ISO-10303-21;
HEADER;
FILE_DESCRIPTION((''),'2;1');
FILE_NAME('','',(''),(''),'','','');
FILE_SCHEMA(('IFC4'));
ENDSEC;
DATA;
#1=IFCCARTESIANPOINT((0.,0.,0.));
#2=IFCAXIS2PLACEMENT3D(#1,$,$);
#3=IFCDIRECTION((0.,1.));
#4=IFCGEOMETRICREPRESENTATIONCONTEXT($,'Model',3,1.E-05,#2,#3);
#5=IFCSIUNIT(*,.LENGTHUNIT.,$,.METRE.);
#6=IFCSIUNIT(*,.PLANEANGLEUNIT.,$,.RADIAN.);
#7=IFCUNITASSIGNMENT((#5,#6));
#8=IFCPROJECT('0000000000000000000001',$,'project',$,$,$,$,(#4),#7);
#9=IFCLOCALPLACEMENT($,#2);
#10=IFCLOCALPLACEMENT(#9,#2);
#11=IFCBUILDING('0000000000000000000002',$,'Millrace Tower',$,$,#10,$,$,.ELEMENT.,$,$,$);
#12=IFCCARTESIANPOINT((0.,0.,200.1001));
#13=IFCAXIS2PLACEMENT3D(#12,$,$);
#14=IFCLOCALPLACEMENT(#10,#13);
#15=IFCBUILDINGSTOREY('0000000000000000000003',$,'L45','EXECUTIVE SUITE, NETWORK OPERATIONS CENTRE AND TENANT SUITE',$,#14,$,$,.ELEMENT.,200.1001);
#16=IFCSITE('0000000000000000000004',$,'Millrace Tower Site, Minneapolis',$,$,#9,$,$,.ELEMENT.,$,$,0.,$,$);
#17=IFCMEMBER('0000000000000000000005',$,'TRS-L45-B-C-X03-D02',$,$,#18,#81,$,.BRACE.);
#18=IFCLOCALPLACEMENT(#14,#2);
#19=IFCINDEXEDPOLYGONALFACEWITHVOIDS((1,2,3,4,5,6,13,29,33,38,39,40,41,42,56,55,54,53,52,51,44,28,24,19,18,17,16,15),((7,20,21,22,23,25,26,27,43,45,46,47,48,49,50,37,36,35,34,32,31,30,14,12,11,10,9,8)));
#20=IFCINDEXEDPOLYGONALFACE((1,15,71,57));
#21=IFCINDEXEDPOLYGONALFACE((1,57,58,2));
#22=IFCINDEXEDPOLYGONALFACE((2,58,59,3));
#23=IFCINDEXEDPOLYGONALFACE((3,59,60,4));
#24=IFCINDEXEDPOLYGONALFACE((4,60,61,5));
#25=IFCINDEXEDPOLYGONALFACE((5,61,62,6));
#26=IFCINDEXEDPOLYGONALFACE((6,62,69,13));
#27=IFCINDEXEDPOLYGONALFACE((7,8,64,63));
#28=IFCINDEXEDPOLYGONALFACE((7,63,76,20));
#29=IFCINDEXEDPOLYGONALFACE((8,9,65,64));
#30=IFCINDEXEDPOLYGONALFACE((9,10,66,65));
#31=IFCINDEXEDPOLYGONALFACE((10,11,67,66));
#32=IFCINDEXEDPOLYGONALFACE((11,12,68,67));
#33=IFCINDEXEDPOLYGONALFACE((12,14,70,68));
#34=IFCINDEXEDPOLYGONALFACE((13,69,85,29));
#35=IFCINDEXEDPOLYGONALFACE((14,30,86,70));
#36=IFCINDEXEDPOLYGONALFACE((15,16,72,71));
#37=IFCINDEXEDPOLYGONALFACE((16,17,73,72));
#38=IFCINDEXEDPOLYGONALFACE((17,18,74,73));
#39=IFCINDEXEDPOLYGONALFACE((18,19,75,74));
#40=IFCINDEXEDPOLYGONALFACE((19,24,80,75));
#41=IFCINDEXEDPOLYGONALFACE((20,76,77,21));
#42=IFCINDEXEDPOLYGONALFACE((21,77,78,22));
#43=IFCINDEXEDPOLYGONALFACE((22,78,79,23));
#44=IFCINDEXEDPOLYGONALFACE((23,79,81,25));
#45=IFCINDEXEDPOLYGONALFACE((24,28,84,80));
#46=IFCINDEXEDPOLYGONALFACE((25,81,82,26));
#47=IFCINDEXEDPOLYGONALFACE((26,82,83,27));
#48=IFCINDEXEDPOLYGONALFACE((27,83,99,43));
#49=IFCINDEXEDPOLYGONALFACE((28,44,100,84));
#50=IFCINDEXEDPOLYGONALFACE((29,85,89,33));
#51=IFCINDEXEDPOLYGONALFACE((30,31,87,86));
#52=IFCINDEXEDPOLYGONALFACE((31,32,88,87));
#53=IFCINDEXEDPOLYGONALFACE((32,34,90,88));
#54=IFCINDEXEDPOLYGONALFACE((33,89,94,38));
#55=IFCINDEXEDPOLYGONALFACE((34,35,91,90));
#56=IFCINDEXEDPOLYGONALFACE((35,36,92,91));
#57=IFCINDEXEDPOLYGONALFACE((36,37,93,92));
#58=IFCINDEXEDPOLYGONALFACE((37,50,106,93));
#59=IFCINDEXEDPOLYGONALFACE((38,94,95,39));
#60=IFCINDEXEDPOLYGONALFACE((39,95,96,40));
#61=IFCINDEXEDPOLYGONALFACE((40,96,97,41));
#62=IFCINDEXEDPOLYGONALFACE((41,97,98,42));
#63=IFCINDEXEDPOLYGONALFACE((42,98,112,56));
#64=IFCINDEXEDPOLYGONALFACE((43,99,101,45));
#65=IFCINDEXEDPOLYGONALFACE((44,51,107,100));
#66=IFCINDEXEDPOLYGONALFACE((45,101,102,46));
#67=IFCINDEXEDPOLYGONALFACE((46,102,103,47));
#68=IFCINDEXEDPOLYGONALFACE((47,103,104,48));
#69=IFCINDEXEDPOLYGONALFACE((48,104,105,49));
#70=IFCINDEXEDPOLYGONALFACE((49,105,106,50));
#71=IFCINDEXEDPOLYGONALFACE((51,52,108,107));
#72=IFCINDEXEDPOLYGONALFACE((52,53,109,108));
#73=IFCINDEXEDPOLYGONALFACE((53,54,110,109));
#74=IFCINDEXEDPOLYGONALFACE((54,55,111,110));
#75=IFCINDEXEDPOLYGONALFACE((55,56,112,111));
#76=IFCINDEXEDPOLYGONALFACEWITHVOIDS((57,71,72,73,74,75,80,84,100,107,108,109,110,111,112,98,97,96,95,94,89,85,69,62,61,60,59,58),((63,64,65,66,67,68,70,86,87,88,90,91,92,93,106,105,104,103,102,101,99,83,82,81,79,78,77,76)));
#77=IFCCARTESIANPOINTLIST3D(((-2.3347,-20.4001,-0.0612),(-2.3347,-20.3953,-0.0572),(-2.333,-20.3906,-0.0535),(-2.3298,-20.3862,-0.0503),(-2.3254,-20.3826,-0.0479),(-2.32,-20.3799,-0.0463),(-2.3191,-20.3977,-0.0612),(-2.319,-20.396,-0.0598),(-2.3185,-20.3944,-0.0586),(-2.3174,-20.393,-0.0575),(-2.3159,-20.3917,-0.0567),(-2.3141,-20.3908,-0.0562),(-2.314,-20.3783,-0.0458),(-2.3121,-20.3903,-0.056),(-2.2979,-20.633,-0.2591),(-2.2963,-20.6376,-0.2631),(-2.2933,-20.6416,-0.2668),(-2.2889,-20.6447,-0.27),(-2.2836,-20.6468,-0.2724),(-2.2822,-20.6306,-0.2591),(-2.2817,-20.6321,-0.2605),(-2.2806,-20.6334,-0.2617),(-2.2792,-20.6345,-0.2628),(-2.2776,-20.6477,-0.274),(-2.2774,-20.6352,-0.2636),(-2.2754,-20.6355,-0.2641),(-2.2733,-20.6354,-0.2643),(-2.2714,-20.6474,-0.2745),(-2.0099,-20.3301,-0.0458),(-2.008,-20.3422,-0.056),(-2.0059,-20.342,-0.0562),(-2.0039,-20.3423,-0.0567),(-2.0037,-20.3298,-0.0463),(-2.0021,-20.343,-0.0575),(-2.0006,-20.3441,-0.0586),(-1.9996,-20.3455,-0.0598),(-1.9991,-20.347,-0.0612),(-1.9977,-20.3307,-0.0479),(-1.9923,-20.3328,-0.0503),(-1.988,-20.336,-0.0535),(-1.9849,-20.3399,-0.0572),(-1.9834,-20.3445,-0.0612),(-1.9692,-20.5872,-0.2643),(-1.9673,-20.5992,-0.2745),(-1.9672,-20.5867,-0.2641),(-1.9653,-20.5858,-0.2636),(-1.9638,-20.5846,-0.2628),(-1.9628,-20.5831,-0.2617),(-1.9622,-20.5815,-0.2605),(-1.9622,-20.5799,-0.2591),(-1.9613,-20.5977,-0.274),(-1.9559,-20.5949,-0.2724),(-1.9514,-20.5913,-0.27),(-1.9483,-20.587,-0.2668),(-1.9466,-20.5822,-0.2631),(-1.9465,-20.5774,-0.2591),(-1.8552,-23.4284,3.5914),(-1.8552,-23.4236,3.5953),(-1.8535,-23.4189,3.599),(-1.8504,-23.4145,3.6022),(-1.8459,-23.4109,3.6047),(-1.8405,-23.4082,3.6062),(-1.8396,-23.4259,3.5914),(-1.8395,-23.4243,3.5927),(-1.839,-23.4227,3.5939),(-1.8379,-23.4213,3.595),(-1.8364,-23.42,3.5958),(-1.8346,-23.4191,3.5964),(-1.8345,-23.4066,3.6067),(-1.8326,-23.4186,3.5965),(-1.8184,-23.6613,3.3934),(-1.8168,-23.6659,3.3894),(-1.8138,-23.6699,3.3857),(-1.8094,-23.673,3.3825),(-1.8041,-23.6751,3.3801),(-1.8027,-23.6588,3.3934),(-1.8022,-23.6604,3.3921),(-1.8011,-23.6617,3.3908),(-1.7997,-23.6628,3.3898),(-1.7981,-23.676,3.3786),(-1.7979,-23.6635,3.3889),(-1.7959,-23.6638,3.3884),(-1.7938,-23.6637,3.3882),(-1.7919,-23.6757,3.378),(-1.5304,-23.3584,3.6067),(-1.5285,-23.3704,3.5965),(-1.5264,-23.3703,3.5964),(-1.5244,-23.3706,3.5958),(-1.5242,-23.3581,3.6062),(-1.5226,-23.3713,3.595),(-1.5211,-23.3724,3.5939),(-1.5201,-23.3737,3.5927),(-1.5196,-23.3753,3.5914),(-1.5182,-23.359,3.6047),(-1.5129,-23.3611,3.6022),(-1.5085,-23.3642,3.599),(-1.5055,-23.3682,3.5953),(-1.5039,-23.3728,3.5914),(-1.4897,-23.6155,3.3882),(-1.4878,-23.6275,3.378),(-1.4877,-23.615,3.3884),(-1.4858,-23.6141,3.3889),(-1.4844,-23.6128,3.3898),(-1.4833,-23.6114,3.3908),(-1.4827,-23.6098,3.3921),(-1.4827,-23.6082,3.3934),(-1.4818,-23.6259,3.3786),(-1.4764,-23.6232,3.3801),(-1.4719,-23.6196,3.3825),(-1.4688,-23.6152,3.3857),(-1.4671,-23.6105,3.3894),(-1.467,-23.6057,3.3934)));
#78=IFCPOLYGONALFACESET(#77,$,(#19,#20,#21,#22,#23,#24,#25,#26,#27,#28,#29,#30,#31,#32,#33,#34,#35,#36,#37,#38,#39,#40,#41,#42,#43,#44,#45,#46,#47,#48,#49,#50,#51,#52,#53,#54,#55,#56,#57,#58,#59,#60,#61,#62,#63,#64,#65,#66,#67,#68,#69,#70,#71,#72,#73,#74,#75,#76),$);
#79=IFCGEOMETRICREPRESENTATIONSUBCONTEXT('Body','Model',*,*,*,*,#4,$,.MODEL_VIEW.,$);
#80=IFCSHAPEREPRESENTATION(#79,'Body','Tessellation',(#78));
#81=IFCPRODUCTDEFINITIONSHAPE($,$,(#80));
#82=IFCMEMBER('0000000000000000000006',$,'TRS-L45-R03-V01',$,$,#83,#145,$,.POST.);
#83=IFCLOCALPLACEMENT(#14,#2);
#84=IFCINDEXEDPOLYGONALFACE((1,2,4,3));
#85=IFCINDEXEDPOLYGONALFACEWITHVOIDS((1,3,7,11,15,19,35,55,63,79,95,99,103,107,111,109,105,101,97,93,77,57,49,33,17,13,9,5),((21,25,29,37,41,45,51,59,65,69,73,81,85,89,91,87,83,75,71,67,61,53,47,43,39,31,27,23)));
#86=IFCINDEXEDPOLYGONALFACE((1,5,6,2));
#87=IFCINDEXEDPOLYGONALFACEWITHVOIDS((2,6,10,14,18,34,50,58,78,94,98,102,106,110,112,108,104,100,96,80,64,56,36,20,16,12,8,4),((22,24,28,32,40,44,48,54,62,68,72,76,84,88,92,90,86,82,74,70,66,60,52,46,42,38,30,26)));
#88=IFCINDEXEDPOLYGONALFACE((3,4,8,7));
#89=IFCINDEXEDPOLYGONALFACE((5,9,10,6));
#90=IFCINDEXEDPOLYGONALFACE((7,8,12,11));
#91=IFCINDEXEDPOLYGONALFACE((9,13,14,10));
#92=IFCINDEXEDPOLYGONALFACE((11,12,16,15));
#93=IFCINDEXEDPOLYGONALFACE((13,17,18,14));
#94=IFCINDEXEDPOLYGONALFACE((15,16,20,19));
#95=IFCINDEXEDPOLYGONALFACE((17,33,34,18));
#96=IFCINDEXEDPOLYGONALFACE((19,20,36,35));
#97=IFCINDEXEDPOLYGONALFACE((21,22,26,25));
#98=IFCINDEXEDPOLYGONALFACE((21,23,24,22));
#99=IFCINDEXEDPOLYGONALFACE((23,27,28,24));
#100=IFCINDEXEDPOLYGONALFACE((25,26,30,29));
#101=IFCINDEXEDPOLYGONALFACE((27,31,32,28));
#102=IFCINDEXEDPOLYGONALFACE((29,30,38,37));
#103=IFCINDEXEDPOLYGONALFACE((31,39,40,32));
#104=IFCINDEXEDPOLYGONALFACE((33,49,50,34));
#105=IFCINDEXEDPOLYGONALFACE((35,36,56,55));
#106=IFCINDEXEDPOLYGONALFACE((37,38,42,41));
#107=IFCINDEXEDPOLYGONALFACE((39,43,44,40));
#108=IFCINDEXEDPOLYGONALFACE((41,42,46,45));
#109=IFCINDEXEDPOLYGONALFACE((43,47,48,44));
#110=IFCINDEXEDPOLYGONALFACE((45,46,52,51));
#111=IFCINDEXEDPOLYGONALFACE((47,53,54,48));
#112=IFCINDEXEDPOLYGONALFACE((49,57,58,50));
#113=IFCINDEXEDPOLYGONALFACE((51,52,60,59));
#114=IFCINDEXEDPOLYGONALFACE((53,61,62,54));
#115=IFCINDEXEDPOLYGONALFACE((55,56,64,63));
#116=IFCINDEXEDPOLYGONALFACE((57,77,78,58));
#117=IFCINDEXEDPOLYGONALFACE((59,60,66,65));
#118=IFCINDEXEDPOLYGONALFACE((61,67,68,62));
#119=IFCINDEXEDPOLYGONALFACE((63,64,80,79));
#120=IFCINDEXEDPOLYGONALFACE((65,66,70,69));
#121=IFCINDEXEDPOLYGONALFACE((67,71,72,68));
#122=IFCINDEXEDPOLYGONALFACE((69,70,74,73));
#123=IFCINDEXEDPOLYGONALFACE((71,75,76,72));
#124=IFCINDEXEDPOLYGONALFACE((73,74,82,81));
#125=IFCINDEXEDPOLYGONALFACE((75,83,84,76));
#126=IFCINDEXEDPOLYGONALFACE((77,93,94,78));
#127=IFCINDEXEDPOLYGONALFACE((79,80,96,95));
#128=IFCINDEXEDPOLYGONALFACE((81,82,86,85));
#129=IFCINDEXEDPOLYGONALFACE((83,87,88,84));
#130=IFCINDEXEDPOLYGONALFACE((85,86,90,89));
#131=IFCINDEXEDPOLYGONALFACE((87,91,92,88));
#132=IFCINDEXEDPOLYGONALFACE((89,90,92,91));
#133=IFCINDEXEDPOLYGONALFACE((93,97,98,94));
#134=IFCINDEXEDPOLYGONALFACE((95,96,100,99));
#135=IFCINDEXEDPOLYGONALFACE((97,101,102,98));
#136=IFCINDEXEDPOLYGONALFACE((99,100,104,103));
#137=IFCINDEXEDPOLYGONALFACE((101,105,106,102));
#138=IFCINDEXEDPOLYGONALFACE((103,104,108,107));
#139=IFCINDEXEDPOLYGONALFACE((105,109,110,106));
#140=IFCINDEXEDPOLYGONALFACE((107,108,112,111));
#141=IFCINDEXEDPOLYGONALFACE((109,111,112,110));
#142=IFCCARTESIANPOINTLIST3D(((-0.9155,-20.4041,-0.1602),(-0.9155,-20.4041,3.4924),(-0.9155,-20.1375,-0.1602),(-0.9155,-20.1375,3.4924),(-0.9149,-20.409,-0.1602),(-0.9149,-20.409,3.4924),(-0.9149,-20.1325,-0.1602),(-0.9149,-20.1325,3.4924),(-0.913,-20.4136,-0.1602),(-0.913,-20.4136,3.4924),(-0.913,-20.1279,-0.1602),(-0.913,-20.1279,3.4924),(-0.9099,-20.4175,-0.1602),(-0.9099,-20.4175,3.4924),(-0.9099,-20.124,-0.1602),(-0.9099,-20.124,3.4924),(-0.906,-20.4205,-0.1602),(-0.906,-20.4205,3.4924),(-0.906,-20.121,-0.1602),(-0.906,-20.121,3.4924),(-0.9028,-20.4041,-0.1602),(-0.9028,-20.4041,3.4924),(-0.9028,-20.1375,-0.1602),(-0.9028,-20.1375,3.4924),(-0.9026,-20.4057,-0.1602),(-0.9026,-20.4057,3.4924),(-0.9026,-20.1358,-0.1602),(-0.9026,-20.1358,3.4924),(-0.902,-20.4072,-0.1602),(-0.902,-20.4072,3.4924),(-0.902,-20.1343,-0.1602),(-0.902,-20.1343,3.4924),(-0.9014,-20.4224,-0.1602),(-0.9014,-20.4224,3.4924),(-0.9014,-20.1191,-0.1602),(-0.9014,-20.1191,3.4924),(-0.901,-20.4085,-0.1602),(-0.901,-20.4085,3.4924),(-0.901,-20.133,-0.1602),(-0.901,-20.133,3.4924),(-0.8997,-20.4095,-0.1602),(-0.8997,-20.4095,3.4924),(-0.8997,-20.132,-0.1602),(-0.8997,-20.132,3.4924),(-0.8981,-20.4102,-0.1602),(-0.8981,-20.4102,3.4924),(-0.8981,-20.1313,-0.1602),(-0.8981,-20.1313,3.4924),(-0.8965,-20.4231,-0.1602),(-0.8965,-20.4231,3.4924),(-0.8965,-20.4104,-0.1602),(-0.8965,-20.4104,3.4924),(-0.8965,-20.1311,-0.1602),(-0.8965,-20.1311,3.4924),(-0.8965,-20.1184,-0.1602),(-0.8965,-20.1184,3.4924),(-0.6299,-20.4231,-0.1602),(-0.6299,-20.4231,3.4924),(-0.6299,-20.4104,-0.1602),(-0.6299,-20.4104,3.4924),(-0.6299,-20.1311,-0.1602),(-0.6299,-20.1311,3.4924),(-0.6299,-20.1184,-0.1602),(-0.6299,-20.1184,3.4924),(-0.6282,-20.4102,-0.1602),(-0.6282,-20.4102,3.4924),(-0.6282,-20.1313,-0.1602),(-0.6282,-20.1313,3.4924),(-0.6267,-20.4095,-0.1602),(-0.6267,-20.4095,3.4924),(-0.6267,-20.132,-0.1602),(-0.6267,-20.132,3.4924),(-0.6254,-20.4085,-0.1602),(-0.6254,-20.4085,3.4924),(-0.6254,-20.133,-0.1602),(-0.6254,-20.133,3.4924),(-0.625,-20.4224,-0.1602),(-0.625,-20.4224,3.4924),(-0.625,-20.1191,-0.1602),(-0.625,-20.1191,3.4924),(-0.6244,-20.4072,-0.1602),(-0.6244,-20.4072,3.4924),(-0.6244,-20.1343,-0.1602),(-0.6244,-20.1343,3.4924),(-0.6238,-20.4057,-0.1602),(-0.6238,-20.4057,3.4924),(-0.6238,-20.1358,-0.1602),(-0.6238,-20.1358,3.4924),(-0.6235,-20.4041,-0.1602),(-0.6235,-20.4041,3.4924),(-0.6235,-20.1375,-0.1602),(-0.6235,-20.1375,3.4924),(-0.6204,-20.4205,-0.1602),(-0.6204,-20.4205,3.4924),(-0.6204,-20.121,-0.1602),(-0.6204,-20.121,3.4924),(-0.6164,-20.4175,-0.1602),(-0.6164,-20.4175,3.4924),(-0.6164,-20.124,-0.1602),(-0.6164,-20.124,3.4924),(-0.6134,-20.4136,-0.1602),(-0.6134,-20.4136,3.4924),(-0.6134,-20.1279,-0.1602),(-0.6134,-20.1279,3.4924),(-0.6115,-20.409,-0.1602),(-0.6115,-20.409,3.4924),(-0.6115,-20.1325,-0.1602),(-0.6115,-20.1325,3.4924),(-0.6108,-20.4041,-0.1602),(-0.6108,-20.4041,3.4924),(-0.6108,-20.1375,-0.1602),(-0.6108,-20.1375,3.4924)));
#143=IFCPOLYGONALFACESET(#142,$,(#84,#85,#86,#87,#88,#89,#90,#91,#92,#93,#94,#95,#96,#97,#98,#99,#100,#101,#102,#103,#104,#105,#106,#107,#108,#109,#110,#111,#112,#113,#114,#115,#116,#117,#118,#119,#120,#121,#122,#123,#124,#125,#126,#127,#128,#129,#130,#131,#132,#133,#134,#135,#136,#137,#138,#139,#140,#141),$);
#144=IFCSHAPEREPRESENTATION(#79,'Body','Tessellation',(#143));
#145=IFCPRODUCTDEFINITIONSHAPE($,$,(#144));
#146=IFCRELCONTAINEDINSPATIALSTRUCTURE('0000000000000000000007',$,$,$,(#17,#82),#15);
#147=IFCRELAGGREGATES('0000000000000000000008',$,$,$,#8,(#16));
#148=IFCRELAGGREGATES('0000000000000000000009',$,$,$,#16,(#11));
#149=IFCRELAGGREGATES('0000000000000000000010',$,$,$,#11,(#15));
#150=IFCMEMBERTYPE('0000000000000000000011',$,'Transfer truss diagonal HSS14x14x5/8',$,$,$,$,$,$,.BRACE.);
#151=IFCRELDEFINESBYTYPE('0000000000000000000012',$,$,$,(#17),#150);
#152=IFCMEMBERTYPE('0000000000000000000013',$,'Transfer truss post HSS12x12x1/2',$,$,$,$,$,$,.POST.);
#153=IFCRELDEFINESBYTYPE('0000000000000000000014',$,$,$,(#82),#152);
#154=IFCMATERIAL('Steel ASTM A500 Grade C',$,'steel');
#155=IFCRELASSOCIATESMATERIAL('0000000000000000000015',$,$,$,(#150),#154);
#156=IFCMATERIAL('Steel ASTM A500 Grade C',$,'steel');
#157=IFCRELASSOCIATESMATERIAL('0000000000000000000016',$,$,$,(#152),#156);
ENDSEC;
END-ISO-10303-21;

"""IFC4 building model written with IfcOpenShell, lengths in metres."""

from ifc_helpers import new_model, si_unit, direction, frame, origin, origin_2d, place, context, subcontext, project, spatial, hollow_rectangle, extrude, material, material_profile, profile_set, type_object, element, save


model = new_model("IFC4")

# Units and contexts
model_context = context("Model", 3, precision=1e-05, world=origin(), true_north=direction((0.0, 1.0)))
body_context = subcontext(model_context, "Body", "Model", "MODEL_VIEW")
ifc_project = project(units=[si_unit("LENGTHUNIT", "METRE"), si_unit("PLANEANGLEUNIT", "RADIAN")], contexts=[model_context])

# Site, building, storey
site_placement = place(None, origin())
site = spatial("IfcSite", under=ifc_project, at=site_placement, Name="Millrace Tower Site, Minneapolis", CompositionType="ELEMENT", RefElevation=0.0)
building_placement = place(site_placement, origin())
building = spatial("IfcBuilding", under=site, at=building_placement, Name="Millrace Tower", CompositionType="ELEMENT")
storey_placement = place(building_placement, frame((0.0, 0.0, 200.1001)))
storey = spatial("IfcBuildingStorey", under=building, at=storey_placement, Name="L45", Description="EXECUTIVE SUITE, NETWORK OPERATIONS CENTRE AND TENANT SUITE", CompositionType="ELEMENT", Elevation=200.1001)

# Members
ifc_material_1 = material(Name="Steel ASTM A500 Grade C", Category="steel")
ifc_material_profile_1 = material_profile(ifc_material_1, hollow_rectangle(XDim=0.3557, YDim=0.3557, WallThickness=0.0159, InnerFilletRadius=0.0081, OuterFilletRadius=0.0239, at=origin_2d()))
ifc_profile_set_1 = profile_set([ifc_material_profile_1], Name="Steel ASTM A500 Grade C")
member_type_1 = type_object("IfcMemberType", Name="Transfer truss diagonal HSS14x14x5/8", PredefinedType="BRACE", material=ifc_profile_set_1)
member_1_placement = place(storey_placement, frame((-2.1406, -20.4888, -0.1602), z_axis=(0.100546, -0.63502, 0.765925), x_axis=(0.987696, 0.156388, 0.0)))
element("IfcMember", 1, at=member_1_placement, inside=storey, type_object=member_type_1, Name="TRS-L45-B-C-X03-D02", PredefinedType="BRACE", context=body_context, shape_type="SweptSolid", body=[
    extrude(hollow_rectangle(XDim=0.3557, YDim=0.3557, WallThickness=0.0159, InnerFilletRadius=0.0081, OuterFilletRadius=0.0239, at=origin_2d()), origin(), (0.0, 0.0, 1.0), 4.7688),
])
ifc_material_2 = material(Name="Steel ASTM A500 Grade C", Category="steel")
ifc_material_profile_2 = material_profile(ifc_material_2, hollow_rectangle(XDim=0.3047, YDim=0.3047, WallThickness=0.0127, InnerFilletRadius=0.0063, OuterFilletRadius=0.019, at=origin_2d()))
ifc_profile_set_2 = profile_set([ifc_material_profile_2], Name="Steel ASTM A500 Grade C")
member_type_2 = type_object("IfcMemberType", Name="Transfer truss post HSS12x12x1/2", PredefinedType="POST", material=ifc_profile_set_2)
for number, where, z_axis, x_axis, name in (
    (2, (-0.7632, -20.2708, -0.1602), (0.0, 0.0, 1.0), (1.0, 0.0, 0.0), "TRS-L45-R03-V01"),
):
    element("IfcMember", number, at=place(storey_placement, frame(where, z_axis=z_axis, x_axis=x_axis)), inside=storey, type_object=member_type_2, Name=name, PredefinedType="POST", context=body_context, shape_type="SweptSolid", body=[
        extrude(hollow_rectangle(XDim=0.3047, YDim=0.3047, WallThickness=0.0127, InnerFilletRadius=0.0063, OuterFilletRadius=0.019, at=origin_2d()), origin(), (0.0, 0.0, 1.0), 3.6526),
    ])

save(model, "model.ifc")
